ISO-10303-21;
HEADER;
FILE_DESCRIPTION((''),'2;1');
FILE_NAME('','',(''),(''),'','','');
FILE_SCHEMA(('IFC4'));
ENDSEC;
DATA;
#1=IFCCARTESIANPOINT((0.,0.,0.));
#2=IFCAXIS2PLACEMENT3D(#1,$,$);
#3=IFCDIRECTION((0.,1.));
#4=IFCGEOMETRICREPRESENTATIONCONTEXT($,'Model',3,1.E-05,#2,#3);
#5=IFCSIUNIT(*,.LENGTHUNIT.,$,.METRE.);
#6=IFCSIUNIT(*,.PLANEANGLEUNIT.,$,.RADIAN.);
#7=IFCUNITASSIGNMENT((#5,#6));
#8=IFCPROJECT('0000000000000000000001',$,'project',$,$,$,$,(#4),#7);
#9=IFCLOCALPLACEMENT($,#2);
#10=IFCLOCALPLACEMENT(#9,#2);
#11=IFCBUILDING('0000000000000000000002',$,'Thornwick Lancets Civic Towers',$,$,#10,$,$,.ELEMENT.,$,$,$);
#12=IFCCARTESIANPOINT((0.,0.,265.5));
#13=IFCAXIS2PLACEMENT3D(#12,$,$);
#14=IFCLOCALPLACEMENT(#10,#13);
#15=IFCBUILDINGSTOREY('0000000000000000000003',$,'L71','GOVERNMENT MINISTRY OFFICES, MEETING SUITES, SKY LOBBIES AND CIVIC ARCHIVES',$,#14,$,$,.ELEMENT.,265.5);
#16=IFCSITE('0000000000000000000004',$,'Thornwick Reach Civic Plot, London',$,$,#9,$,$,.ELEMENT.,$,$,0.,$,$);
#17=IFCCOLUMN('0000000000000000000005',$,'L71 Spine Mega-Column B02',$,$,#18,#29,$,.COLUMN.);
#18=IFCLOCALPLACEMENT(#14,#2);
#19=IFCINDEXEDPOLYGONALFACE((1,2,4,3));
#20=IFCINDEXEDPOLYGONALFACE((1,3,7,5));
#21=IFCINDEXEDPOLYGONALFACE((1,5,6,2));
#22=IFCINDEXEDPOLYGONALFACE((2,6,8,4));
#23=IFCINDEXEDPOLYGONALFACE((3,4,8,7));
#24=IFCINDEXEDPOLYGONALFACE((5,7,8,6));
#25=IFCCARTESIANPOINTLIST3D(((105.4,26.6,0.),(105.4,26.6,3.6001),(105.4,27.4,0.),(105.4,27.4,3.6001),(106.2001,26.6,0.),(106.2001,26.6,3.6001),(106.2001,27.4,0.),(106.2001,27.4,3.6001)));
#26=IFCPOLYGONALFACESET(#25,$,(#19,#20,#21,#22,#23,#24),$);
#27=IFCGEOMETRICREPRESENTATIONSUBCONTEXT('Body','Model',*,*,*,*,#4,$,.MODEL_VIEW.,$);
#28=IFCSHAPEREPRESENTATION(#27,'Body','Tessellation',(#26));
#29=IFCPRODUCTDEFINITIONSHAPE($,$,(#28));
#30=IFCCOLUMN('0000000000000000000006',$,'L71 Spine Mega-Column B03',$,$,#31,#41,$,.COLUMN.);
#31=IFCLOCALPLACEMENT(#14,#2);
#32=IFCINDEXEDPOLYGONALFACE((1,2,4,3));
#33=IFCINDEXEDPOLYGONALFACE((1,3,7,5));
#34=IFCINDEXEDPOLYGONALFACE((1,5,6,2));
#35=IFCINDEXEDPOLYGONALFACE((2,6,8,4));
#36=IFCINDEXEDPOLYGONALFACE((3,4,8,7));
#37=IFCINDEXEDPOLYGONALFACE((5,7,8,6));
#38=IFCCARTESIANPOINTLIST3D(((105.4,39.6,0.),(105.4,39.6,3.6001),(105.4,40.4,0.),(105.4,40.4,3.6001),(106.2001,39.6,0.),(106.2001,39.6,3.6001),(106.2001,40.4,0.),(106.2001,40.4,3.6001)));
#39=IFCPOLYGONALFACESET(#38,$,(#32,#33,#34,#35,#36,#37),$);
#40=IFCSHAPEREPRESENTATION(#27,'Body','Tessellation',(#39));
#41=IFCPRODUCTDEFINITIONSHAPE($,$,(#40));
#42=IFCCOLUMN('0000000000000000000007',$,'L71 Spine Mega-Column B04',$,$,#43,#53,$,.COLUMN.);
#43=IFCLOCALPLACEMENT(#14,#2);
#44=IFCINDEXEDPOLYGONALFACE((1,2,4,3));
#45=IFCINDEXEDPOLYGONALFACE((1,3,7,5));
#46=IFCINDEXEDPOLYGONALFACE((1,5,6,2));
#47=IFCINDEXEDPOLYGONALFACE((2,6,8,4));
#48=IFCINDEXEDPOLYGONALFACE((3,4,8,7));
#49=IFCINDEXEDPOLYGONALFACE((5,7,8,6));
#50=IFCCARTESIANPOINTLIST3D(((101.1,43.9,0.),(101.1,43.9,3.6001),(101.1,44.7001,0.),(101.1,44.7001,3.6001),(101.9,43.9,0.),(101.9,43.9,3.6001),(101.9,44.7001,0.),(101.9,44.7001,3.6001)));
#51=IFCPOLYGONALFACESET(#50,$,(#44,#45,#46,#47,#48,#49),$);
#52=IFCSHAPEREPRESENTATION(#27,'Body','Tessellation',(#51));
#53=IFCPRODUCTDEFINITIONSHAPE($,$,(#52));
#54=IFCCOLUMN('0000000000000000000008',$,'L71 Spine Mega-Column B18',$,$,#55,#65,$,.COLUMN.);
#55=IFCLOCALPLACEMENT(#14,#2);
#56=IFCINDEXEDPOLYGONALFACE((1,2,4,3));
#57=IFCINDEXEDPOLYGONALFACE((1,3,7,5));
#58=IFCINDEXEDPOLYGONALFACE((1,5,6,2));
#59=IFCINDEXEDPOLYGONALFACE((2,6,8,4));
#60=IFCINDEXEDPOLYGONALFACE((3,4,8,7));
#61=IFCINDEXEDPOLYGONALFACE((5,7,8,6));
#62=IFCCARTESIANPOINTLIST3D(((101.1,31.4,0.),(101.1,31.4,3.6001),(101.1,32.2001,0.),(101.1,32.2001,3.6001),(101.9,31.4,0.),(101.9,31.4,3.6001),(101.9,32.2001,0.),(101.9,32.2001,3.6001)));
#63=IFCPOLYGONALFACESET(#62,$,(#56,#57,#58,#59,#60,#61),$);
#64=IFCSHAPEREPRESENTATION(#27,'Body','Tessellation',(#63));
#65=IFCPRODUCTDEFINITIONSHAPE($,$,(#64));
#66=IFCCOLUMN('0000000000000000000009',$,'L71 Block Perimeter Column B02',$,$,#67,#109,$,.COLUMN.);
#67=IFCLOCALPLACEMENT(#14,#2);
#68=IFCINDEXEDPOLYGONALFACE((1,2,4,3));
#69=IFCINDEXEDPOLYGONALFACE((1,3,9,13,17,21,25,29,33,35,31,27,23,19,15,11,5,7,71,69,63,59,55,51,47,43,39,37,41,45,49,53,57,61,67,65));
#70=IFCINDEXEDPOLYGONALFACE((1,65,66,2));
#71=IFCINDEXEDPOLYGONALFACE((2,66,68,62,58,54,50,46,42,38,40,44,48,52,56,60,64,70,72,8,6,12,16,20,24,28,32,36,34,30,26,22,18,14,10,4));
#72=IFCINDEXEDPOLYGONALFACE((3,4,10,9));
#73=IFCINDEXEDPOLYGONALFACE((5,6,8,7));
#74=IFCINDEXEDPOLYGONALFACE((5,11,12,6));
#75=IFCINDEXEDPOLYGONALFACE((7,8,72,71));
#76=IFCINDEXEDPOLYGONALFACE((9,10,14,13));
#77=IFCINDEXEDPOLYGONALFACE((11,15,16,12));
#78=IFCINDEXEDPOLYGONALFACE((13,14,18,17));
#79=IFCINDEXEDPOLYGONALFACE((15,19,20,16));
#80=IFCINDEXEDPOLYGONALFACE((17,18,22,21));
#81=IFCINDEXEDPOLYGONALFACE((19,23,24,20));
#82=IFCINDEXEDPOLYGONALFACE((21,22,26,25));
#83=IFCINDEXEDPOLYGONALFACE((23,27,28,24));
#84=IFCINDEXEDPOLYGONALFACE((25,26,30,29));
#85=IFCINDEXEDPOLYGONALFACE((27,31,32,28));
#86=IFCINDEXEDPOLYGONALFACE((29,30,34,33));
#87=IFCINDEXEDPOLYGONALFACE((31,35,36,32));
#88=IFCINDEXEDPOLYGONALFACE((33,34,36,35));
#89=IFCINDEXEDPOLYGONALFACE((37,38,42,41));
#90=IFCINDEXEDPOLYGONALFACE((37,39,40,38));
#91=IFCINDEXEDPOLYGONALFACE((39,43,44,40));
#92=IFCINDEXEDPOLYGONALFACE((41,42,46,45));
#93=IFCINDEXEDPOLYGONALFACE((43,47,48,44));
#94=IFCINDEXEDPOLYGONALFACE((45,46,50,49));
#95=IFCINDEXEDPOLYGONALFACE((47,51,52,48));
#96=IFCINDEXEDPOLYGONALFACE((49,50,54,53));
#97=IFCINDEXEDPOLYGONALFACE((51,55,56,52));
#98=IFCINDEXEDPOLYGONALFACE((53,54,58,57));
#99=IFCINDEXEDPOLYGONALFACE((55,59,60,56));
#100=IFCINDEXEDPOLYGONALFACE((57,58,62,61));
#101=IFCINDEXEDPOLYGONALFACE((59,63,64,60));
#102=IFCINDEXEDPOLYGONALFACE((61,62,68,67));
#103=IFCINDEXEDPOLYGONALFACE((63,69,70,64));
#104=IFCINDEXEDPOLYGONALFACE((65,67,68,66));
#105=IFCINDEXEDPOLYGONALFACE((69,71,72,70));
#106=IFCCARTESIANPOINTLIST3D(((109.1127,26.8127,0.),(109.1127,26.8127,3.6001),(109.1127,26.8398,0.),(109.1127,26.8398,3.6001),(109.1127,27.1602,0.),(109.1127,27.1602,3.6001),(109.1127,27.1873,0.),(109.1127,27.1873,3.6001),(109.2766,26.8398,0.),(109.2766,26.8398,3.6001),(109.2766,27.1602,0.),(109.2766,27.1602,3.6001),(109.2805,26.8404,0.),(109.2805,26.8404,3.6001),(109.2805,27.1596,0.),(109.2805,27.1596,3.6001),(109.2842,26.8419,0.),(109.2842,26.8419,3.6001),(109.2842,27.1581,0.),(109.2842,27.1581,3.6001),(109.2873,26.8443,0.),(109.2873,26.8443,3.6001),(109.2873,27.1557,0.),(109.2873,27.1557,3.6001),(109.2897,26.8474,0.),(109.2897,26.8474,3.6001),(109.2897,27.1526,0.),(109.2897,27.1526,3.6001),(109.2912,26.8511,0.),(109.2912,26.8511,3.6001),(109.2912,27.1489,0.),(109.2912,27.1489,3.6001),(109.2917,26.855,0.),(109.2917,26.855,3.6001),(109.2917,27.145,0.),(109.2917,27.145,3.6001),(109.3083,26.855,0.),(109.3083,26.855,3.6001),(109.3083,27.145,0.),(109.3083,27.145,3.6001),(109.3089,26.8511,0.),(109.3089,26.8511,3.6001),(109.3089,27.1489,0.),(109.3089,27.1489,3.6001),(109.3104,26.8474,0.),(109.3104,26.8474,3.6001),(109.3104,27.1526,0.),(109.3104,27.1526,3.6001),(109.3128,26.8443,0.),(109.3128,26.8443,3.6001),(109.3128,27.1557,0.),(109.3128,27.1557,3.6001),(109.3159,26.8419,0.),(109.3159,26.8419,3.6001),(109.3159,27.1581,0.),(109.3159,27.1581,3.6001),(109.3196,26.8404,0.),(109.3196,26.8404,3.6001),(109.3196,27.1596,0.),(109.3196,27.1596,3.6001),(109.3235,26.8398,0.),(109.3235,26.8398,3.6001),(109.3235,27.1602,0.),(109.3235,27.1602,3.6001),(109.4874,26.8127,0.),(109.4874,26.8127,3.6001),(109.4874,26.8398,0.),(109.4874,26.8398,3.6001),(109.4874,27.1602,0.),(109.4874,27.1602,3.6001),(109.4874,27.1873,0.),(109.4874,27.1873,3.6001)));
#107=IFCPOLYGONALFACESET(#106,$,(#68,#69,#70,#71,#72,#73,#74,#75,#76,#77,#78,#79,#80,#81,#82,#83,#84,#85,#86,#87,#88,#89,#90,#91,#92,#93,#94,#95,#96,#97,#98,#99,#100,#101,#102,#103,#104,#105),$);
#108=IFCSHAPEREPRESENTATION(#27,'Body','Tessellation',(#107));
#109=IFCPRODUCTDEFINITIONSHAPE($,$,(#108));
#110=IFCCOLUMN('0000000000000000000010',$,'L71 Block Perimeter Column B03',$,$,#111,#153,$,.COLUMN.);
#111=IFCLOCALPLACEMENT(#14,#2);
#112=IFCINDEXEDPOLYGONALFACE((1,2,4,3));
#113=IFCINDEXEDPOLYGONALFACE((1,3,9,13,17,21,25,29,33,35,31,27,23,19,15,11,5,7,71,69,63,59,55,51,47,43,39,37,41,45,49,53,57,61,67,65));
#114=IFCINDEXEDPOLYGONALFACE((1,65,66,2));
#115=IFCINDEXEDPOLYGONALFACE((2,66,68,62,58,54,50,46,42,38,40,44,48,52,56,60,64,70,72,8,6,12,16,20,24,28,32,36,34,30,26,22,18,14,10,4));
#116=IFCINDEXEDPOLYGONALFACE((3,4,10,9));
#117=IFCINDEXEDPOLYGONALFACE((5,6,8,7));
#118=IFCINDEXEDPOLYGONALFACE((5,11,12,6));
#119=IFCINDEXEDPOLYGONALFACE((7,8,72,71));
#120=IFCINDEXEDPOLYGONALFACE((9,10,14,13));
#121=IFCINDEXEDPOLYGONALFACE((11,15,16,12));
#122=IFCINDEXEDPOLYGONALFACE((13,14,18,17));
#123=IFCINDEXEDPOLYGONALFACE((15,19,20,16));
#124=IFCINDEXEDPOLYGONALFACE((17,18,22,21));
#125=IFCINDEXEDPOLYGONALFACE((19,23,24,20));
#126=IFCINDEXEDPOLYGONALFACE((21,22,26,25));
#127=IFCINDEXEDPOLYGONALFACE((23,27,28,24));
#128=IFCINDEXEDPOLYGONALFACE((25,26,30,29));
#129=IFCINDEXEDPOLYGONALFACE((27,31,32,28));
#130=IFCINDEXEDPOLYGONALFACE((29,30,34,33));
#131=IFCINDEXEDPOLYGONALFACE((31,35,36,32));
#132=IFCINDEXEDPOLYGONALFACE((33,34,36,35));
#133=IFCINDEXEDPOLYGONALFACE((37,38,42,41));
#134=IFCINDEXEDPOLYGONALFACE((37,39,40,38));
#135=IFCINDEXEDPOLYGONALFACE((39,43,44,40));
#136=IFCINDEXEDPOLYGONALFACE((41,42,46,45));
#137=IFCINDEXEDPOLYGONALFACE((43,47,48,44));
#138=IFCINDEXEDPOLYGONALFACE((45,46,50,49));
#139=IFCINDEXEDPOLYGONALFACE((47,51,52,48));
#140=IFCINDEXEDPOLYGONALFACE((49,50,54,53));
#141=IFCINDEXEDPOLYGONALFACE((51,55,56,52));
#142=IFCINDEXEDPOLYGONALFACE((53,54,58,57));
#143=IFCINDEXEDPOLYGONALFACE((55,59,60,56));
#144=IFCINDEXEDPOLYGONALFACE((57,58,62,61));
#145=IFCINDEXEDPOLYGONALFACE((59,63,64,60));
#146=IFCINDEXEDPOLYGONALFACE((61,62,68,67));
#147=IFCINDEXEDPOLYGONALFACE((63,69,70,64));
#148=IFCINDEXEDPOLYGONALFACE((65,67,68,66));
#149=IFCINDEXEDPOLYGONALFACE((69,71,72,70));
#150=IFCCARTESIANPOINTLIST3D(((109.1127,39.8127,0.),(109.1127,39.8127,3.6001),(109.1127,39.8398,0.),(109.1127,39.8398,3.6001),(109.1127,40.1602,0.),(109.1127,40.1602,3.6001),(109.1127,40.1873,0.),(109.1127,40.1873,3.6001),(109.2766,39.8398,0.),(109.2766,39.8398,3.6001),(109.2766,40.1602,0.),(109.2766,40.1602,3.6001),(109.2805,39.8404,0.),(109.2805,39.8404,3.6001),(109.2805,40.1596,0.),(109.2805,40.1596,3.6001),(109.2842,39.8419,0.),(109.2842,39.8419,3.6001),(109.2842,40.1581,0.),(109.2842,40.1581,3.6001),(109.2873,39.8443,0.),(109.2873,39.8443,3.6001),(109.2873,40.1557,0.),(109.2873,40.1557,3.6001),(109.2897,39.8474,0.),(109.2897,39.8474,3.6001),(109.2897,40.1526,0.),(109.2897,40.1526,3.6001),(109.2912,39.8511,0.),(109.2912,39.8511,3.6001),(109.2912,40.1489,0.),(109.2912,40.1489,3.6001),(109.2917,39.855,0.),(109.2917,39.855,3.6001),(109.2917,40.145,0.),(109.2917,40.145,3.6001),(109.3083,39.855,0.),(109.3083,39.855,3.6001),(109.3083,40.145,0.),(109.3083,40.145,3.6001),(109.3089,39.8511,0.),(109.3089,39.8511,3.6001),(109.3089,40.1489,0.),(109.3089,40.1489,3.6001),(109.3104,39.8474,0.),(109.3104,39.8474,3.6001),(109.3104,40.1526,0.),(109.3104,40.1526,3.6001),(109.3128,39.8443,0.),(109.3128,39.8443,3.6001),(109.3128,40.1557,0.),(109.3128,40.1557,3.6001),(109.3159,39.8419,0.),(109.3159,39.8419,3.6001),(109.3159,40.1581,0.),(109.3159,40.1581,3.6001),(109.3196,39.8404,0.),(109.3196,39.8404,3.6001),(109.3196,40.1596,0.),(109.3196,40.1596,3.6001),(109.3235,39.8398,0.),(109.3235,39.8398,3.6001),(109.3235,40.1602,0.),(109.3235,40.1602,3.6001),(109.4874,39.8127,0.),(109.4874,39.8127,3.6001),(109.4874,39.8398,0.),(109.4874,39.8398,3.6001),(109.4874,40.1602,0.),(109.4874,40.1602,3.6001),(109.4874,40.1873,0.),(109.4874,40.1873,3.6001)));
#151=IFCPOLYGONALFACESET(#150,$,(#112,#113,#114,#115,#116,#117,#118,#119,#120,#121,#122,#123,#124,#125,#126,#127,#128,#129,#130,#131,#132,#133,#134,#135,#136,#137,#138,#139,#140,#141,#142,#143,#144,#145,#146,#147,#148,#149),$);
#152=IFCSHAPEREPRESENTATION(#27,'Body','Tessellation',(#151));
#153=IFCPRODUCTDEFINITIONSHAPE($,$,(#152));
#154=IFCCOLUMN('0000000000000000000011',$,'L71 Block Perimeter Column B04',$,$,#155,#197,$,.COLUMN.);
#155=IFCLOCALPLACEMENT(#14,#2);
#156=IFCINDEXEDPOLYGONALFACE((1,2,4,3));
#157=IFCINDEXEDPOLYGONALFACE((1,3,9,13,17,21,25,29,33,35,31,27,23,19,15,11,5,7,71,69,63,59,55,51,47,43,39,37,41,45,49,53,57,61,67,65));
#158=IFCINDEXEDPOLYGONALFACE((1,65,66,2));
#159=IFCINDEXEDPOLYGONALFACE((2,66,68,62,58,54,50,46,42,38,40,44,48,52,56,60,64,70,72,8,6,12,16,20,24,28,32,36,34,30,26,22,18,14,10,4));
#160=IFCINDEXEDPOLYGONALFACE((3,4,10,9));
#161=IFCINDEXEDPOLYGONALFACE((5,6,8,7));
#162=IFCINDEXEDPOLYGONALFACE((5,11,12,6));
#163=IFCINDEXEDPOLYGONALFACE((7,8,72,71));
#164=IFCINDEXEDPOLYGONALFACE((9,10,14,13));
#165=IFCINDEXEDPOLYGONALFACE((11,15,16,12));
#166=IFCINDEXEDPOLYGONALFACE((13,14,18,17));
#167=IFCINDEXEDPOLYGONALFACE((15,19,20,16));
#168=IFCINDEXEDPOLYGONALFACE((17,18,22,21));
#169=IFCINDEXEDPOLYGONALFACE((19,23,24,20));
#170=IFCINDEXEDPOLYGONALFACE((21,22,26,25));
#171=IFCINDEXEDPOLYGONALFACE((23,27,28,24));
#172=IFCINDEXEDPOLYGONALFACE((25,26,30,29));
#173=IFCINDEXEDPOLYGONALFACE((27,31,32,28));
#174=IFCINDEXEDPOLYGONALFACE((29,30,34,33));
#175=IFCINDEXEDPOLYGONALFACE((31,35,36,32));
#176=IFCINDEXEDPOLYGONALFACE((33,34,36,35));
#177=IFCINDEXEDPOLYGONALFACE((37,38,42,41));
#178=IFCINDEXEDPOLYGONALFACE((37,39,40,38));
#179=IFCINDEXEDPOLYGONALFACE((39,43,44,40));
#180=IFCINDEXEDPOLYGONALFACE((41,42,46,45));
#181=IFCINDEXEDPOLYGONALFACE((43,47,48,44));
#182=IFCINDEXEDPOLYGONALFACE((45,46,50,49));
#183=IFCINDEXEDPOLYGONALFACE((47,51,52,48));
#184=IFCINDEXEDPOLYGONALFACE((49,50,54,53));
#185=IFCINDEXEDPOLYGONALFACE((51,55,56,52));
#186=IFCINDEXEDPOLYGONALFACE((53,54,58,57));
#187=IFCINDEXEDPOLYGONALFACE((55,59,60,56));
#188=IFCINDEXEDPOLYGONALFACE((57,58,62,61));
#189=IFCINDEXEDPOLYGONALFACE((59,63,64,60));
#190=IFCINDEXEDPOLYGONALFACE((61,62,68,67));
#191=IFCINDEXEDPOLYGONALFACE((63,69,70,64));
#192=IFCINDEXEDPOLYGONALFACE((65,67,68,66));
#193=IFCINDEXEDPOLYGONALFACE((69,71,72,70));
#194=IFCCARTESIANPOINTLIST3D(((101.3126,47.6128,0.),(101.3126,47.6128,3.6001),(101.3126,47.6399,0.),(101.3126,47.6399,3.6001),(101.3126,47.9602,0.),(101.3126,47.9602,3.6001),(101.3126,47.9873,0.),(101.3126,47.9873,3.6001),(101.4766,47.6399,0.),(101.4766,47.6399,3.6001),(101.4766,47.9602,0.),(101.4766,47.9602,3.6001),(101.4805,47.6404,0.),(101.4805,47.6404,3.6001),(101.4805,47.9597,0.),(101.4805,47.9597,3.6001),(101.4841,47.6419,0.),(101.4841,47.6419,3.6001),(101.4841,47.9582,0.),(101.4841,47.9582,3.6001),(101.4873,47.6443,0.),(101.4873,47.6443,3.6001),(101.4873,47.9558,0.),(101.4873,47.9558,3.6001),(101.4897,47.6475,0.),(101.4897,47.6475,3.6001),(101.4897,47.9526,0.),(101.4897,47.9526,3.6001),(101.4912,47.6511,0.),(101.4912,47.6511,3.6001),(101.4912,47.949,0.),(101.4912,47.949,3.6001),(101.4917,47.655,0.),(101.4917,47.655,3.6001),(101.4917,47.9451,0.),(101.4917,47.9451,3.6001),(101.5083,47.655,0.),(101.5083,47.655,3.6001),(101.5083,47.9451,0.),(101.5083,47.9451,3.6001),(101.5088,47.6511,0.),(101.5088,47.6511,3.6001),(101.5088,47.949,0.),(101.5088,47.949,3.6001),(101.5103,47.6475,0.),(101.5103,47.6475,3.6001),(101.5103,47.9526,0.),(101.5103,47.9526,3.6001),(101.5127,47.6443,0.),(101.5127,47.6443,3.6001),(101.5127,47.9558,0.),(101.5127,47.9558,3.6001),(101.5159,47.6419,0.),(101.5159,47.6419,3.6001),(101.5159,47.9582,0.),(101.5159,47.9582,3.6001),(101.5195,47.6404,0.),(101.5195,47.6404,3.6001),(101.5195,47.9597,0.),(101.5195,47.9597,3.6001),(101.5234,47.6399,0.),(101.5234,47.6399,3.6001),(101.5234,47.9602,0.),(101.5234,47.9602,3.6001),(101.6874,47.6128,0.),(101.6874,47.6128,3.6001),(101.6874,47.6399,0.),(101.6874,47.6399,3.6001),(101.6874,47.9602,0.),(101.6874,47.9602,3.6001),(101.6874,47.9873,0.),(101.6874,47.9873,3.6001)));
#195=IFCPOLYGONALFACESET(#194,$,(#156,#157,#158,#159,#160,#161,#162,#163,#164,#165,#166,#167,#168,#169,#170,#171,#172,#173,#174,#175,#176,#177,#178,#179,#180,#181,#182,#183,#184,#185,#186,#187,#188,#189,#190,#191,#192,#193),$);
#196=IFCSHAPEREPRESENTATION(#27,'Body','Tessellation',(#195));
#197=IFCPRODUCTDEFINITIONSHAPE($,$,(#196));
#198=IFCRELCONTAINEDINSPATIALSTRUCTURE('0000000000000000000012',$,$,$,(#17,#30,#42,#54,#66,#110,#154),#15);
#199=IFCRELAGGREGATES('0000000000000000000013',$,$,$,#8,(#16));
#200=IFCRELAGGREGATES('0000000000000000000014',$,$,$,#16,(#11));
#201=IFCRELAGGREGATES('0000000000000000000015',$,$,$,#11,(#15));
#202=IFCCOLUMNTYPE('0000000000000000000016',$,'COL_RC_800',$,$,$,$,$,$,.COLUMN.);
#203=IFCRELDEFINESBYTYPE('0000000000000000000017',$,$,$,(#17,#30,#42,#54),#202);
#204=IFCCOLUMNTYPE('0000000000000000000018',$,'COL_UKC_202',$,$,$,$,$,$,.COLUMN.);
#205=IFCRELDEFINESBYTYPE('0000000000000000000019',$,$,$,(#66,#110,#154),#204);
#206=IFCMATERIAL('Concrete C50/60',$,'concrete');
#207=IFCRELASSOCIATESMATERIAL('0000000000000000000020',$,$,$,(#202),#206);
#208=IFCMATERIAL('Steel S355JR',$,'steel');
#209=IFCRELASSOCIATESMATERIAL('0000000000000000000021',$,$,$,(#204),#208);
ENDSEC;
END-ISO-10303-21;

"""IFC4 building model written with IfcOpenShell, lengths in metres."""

from ifc_helpers import new_model, si_unit, direction, frame, origin, origin_2d, place, context, subcontext, project, spatial, rectangle, i_section, extrude, material, material_profile, profile_set, type_object, element, save


model = new_model("IFC4")

# Units and contexts
model_context = context("Model", 3, precision=1e-05, world=origin(), true_north=direction((0.0, 1.0)))
body_context = subcontext(model_context, "Body", "Model", "MODEL_VIEW")
ifc_project = project(units=[si_unit("LENGTHUNIT", "METRE"), si_unit("PLANEANGLEUNIT", "RADIAN")], contexts=[model_context])

# Site, building, storey
site_placement = place(None, origin())
site = spatial("IfcSite", under=ifc_project, at=site_placement, Name="Thornwick Reach Civic Plot, London", CompositionType="ELEMENT", RefElevation=0.0)
building_placement = place(site_placement, origin())
building = spatial("IfcBuilding", under=site, at=building_placement, Name="Thornwick Lancets Civic Towers", CompositionType="ELEMENT")
storey_placement = place(building_placement, frame((0.0, 0.0, 265.5)))
storey = spatial("IfcBuildingStorey", under=building, at=storey_placement, Name="L71", Description="GOVERNMENT MINISTRY OFFICES, MEETING SUITES, SKY LOBBIES AND CIVIC ARCHIVES", CompositionType="ELEMENT", Elevation=265.5)

# Columns
ifc_material_1 = material(Name="Concrete C50/60", Category="concrete")
ifc_material_profile_1 = material_profile(ifc_material_1, rectangle(XDim=0.8, YDim=0.8, at=origin_2d()), Name="RC 800x800")
ifc_profile_set_1 = profile_set([ifc_material_profile_1], Name="Concrete C50/60")
column_type_1 = type_object("IfcColumnType", Name="COL_RC_800", PredefinedType="COLUMN", material=ifc_profile_set_1)
for number, where, z_axis, x_axis, name in (
    (1, (105.8, 27.0, 0.0), (0.0, 0.0, 1.0), (1.0, 0.0, 0.0), "L71 Spine Mega-Column B02"),
    (2, (105.8, 40.0, 0.0), (0.0, 0.0, 1.0), (1.0, 0.0, 0.0), "L71 Spine Mega-Column B03"),
    (3, (101.5, 44.3, 0.0), (0.0, 0.0, 1.0), (1.0, 0.0, 0.0), "L71 Spine Mega-Column B04"),
    (4, (101.5, 31.8, 0.0), (0.0, 0.0, 1.0), (1.0, 0.0, 0.0), "L71 Spine Mega-Column B18"),
):
    element("IfcColumn", number, at=place(storey_placement, frame(where, z_axis=z_axis, x_axis=x_axis)), inside=storey, type_object=column_type_1, Name=name, PredefinedType="COLUMN", context=body_context, shape_type="SweptSolid", body=[
        extrude(rectangle(XDim=0.8, YDim=0.8, at=origin_2d()), origin(), (0.0, 0.0, 1.0), 3.6001),
    ])
ifc_material_2 = material(Name="Steel S355JR", Category="steel")
ifc_material_profile_2 = material_profile(ifc_material_2, i_section(OverallWidth=0.3748, OverallDepth=0.3745, WebThickness=0.0166, FlangeThickness=0.0271, FilletRadius=0.0151, at=origin_2d()), Name="UKC 356x368x202")
ifc_profile_set_2 = profile_set([ifc_material_profile_2], Name="Steel S355JR")
column_type_2 = type_object("IfcColumnType", Name="COL_UKC_202", PredefinedType="COLUMN", material=ifc_profile_set_2)
for number, where, z_axis, x_axis, name in (
    (5, (109.3, 27.0, 0.0), (0.0, 0.0, 1.0), (1.0, 0.0, 0.0), "L71 Block Perimeter Column B02"),
    (6, (109.3, 40.0, 0.0), (0.0, 0.0, 1.0), (1.0, 0.0, 0.0), "L71 Block Perimeter Column B03"),
    (7, (101.5, 47.8, 0.0), (0.0, 0.0, 1.0), (1.0, 0.0, 0.0), "L71 Block Perimeter Column B04"),
):
    element("IfcColumn", number, at=place(storey_placement, frame(where, z_axis=z_axis, x_axis=x_axis)), inside=storey, type_object=column_type_2, Name=name, PredefinedType="COLUMN", context=body_context, shape_type="SweptSolid", body=[
        extrude(i_section(OverallWidth=0.3748, OverallDepth=0.3745, WebThickness=0.0166, FlangeThickness=0.0271, FilletRadius=0.0151, at=origin_2d()), origin(), (0.0, 0.0, 1.0), 3.6001),
    ])

save(model, "model.ifc")
